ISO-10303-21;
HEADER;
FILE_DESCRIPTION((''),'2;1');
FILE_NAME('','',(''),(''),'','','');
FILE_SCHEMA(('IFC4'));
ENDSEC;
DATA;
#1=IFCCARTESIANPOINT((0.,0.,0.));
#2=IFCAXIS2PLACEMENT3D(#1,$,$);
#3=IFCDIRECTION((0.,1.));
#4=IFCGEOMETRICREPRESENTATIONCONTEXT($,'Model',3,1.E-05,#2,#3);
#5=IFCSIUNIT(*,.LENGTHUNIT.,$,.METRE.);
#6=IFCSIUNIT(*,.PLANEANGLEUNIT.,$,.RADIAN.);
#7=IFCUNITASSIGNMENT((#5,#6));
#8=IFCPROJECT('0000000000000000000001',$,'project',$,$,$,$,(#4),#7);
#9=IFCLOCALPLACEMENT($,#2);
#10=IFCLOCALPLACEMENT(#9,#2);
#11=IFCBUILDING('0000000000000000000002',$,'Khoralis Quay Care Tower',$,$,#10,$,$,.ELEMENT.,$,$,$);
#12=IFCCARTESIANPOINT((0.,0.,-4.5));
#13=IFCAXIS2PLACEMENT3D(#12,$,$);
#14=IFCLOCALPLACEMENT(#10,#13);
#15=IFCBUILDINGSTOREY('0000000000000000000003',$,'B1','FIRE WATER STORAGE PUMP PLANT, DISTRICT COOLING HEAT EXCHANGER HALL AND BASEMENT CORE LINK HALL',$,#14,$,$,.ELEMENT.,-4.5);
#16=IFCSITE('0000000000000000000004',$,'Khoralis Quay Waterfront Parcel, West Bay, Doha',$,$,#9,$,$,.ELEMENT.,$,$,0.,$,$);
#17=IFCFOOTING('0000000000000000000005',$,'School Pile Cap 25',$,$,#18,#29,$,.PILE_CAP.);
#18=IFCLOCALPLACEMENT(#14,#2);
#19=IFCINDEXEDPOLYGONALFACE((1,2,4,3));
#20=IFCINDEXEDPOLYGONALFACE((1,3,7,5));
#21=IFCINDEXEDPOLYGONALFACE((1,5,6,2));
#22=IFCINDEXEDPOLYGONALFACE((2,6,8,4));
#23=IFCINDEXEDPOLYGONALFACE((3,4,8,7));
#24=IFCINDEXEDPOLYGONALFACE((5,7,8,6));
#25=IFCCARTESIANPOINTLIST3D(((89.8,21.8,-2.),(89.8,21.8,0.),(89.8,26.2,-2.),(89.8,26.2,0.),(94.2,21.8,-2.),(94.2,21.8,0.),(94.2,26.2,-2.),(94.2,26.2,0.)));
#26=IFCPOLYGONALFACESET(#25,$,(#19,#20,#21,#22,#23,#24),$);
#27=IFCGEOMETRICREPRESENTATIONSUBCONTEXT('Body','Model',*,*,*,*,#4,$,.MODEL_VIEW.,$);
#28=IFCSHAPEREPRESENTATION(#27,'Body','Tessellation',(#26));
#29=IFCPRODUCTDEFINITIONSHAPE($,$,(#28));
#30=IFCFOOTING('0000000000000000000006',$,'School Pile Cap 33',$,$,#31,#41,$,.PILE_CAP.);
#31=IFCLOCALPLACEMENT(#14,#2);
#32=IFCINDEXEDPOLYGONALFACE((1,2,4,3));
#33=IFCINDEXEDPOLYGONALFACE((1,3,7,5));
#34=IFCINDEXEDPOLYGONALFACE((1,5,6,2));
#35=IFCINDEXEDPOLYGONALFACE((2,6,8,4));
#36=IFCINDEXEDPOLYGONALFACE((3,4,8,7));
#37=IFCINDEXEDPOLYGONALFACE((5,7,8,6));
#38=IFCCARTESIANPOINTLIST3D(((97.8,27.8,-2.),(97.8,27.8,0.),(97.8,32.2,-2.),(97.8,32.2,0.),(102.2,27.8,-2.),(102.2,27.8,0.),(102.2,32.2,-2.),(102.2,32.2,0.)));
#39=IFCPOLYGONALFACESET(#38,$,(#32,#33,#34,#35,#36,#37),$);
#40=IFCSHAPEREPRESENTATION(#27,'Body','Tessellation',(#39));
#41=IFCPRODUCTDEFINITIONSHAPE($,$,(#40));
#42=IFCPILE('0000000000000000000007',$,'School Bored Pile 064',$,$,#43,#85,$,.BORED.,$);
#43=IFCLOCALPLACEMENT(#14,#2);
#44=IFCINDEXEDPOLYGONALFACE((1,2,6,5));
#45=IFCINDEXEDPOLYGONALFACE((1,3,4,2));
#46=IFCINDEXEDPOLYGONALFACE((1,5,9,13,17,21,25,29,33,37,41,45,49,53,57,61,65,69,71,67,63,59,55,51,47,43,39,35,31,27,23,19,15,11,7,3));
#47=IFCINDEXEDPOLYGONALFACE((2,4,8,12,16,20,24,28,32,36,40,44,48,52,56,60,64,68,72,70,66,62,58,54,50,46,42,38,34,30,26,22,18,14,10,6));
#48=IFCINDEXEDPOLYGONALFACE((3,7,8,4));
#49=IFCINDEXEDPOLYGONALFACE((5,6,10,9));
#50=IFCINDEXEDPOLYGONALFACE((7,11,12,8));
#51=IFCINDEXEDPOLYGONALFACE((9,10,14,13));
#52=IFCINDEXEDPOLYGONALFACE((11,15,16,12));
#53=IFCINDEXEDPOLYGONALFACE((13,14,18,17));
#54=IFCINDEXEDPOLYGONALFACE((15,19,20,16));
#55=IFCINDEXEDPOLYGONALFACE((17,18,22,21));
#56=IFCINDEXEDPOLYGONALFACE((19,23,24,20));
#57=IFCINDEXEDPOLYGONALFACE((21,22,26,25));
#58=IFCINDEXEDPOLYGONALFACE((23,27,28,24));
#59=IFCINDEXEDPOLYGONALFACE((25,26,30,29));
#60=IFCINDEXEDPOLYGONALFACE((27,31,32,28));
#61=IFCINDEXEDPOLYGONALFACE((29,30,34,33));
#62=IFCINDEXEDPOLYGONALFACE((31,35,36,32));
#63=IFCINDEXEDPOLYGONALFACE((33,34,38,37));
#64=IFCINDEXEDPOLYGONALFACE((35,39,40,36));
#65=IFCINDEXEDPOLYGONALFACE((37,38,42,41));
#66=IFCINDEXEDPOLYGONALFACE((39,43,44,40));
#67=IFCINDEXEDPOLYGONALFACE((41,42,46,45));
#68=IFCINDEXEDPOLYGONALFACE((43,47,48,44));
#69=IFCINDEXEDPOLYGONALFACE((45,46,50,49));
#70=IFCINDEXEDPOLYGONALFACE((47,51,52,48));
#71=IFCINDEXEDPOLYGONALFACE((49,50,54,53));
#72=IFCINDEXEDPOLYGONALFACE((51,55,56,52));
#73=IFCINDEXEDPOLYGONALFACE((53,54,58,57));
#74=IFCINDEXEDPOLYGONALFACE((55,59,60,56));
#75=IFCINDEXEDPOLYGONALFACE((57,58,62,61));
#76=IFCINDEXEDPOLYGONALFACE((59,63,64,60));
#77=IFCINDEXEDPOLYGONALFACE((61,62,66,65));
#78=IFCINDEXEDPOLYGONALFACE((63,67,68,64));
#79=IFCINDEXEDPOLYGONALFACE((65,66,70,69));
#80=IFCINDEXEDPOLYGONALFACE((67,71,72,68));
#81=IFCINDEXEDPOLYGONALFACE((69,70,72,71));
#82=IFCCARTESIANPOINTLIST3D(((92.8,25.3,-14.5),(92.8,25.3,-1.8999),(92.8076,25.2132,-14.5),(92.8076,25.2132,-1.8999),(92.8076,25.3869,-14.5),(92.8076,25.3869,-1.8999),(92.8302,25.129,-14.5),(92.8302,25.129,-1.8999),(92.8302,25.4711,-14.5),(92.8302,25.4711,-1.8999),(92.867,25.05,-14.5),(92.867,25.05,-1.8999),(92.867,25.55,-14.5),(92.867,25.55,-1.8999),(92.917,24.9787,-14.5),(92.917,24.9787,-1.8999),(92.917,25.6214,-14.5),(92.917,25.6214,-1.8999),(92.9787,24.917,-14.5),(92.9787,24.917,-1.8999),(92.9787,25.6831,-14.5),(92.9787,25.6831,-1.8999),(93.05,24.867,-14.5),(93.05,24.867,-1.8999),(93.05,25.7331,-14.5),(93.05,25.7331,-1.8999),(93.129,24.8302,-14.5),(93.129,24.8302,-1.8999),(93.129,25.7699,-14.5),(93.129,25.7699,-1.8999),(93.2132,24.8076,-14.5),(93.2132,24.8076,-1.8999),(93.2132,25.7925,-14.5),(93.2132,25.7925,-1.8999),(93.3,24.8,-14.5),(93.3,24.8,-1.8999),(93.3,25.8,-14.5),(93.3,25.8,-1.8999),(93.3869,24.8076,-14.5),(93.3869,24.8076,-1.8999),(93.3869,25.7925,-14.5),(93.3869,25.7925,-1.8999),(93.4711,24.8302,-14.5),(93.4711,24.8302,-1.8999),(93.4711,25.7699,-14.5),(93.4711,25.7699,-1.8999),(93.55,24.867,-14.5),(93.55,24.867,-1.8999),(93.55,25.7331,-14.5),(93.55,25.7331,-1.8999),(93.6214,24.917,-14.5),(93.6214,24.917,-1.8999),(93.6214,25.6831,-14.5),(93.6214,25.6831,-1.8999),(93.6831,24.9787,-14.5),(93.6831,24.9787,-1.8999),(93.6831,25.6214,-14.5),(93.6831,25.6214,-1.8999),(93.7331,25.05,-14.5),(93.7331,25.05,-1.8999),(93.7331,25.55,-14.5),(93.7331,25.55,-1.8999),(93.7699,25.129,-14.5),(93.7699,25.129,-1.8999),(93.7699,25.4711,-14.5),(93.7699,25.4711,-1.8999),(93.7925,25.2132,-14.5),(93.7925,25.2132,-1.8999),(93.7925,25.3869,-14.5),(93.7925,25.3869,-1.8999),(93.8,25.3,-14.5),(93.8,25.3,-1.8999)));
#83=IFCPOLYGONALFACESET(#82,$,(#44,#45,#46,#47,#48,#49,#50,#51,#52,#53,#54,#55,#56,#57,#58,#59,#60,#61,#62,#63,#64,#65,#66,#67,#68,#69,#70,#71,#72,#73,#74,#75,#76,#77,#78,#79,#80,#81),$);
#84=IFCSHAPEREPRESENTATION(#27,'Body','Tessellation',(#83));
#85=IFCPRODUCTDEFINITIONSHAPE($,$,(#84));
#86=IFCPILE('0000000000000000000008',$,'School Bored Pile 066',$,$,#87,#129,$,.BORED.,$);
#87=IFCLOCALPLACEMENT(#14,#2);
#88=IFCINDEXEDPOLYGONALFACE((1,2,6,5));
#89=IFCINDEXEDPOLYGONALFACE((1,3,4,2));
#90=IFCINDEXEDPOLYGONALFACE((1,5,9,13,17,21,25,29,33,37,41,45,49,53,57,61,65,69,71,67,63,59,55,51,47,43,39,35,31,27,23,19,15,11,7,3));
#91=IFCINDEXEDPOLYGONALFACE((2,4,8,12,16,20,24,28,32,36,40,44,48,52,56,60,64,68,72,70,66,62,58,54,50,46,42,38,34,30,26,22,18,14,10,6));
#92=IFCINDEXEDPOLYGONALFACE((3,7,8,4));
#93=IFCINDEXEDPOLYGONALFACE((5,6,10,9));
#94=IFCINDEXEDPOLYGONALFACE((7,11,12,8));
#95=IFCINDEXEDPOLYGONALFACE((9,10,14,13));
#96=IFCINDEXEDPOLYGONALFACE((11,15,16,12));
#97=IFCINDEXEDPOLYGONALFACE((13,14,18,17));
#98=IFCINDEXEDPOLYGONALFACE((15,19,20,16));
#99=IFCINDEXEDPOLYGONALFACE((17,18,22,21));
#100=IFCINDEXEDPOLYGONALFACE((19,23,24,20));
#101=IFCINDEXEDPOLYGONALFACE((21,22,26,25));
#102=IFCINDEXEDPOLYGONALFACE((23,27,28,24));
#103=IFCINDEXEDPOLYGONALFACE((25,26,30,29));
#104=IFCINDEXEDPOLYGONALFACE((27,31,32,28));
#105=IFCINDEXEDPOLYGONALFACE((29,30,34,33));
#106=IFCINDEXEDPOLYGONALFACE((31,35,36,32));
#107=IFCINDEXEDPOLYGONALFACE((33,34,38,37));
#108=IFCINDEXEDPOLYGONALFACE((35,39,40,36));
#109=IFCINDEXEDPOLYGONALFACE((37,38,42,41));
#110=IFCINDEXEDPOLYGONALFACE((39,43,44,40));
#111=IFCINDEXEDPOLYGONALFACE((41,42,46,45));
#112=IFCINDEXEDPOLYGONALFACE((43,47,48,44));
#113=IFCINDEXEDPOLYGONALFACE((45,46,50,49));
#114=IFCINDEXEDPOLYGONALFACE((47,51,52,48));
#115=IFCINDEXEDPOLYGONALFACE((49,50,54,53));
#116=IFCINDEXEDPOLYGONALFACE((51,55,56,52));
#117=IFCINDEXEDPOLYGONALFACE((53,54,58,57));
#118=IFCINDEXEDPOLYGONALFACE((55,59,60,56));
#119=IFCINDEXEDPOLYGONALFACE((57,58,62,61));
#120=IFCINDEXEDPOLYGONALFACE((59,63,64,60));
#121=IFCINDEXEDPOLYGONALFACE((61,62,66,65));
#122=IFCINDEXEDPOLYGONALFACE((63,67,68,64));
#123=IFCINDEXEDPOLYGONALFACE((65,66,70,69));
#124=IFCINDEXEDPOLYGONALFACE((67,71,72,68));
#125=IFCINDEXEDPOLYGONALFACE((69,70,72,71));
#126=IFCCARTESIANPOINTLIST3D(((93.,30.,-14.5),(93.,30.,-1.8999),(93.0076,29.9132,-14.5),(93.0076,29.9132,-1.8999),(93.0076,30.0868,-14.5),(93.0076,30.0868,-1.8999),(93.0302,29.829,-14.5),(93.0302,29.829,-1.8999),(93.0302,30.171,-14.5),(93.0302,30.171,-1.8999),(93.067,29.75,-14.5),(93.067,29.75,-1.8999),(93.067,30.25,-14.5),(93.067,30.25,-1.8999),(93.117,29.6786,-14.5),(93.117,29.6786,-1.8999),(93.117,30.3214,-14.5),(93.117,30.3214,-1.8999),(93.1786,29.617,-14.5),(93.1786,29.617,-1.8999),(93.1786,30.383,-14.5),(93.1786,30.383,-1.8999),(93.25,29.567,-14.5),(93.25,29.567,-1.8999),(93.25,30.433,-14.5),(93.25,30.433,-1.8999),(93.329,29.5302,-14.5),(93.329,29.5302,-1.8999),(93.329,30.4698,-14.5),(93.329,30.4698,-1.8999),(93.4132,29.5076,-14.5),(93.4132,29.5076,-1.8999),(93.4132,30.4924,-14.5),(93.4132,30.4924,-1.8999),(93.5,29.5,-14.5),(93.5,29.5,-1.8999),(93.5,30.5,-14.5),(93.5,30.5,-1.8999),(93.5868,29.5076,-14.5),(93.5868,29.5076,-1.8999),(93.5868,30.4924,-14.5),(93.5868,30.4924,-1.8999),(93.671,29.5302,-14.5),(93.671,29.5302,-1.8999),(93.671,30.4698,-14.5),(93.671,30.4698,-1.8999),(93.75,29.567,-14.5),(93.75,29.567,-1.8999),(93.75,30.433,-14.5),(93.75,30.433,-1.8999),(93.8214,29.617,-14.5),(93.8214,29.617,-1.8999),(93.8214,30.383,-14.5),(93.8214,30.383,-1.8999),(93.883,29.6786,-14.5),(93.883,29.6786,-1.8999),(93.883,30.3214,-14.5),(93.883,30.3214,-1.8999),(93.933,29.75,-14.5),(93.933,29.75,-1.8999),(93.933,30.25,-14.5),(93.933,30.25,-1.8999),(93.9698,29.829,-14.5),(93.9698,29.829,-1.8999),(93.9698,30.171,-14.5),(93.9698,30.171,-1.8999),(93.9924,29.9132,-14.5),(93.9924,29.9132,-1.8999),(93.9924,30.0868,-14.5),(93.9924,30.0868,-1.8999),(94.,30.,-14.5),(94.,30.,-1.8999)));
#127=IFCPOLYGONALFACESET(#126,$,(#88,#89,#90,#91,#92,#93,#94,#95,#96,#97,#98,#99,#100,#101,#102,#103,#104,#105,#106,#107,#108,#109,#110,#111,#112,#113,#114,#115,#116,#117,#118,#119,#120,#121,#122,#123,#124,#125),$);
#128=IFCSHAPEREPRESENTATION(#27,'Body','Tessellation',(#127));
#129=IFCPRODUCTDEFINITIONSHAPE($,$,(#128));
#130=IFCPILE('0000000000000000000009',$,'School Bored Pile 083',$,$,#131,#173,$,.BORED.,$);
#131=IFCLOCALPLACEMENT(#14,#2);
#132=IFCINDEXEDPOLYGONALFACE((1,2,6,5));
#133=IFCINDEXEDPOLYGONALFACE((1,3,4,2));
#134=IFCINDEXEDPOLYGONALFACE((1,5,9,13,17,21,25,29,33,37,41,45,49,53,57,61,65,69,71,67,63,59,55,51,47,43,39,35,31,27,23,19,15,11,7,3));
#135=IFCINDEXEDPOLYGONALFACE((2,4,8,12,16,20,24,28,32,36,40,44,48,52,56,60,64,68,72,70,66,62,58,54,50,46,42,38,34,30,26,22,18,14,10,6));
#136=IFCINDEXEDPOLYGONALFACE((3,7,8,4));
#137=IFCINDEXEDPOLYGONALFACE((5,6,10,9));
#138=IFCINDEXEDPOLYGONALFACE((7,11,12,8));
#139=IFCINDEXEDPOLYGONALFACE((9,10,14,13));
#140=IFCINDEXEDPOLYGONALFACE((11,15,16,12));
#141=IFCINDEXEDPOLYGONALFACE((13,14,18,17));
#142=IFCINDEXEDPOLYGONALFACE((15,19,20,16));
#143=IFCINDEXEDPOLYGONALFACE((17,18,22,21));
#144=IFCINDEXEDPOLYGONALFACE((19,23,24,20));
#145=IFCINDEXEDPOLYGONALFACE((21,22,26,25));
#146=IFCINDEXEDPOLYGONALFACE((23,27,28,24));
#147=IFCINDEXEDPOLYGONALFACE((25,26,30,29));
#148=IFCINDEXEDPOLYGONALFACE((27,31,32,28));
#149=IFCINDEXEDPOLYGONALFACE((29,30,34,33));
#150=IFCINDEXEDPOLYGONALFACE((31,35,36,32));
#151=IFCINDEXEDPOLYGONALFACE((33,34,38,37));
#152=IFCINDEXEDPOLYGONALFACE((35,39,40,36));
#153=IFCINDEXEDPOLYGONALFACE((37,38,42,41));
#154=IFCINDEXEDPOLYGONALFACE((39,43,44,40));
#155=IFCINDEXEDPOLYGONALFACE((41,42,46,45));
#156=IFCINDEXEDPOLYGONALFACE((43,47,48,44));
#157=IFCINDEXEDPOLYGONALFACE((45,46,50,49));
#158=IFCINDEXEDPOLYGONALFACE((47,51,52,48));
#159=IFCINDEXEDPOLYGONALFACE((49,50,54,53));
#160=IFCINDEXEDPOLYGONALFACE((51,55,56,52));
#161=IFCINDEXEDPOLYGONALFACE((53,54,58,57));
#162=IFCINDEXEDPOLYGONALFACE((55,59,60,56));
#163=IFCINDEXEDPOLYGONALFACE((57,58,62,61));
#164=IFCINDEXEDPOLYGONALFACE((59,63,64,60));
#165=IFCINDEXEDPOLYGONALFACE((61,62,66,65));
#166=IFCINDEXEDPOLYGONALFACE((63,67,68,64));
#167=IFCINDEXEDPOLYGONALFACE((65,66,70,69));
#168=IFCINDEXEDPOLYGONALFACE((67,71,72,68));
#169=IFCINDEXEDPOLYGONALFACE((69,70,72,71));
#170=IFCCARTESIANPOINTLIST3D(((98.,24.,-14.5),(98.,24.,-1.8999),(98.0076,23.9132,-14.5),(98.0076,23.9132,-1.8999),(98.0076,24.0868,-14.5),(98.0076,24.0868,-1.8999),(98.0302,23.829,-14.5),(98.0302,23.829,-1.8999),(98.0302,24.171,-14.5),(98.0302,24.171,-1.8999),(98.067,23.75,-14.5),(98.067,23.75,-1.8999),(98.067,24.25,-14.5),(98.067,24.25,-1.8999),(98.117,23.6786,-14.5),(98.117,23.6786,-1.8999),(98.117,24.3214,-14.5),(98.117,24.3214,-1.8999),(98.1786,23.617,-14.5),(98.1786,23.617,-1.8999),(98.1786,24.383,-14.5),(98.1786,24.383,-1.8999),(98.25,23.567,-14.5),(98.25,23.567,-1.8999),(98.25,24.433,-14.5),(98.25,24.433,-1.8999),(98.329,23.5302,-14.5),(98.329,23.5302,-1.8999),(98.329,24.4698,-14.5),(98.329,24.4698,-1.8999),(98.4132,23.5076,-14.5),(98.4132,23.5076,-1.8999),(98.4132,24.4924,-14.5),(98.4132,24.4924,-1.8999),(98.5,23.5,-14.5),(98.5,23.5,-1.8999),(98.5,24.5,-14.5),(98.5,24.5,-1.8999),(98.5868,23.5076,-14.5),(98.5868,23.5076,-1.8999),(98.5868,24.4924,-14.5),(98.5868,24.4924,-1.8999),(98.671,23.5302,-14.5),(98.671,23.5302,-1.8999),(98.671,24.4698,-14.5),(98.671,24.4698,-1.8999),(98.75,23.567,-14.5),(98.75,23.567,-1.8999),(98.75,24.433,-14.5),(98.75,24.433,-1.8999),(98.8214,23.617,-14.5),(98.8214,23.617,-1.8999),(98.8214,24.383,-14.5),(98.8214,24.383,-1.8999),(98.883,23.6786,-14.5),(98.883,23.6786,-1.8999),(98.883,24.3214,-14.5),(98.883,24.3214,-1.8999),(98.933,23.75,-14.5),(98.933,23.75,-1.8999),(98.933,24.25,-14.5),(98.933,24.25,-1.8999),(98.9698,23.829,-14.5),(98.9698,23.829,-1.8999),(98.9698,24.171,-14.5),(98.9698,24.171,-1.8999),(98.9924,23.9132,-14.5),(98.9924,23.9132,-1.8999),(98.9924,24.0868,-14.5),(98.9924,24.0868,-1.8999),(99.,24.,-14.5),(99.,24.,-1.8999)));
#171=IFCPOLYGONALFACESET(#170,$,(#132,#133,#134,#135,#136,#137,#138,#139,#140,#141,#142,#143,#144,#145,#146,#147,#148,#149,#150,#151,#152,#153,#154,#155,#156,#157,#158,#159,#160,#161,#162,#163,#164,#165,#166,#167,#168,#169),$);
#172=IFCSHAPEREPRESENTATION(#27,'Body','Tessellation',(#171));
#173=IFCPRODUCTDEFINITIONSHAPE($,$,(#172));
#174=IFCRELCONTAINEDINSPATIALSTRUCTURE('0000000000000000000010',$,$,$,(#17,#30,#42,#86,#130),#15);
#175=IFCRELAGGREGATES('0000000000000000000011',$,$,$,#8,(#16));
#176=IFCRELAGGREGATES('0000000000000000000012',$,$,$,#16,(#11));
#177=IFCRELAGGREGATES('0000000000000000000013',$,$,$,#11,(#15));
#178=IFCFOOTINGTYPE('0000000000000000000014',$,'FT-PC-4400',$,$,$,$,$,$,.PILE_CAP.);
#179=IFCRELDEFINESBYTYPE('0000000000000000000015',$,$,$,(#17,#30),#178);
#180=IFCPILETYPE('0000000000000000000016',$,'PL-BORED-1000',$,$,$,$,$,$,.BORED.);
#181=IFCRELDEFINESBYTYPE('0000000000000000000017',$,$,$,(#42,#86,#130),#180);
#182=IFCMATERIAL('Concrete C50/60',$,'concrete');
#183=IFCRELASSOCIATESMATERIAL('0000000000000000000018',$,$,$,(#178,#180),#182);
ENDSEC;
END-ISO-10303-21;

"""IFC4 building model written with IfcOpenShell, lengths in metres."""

from ifc_helpers import new_model, si_unit, direction, frame, origin, origin_2d, place, context, subcontext, project, spatial, rectangle, circle, extrude, source, transform, mapped, material, material_profile, profile_set, type_object, element, save


model = new_model("IFC4")

# Units and contexts
model_context = context("Model", 3, precision=1e-05, world=origin(), true_north=direction((0.0, 1.0)))
body_context = subcontext(model_context, "Body", "Model", "MODEL_VIEW")
ifc_project = project(units=[si_unit("LENGTHUNIT", "METRE"), si_unit("PLANEANGLEUNIT", "RADIAN")], contexts=[model_context])

# Site, building, storey
site_placement = place(None, origin())
site = spatial("IfcSite", under=ifc_project, at=site_placement, Name="Khoralis Quay Waterfront Parcel, West Bay, Doha", CompositionType="ELEMENT", RefElevation=0.0)
building_placement = place(site_placement, origin())
building = spatial("IfcBuilding", under=site, at=building_placement, Name="Khoralis Quay Care Tower", CompositionType="ELEMENT")
storey_placement = place(building_placement, frame((0.0, 0.0, -4.5)))
storey = spatial("IfcBuildingStorey", under=building, at=storey_placement, Name="B1", Description="FIRE WATER STORAGE PUMP PLANT, DISTRICT COOLING HEAT EXCHANGER HALL AND BASEMENT CORE LINK HALL", CompositionType="ELEMENT", Elevation=-4.5)

# Footings
ifc_material_1 = material(Name="Concrete C50/60", Category="concrete")
footing_type_1 = type_object("IfcFootingType", Name="FT-PC-4400", PredefinedType="PILE_CAP", material=ifc_material_1)
shared_shape_1 = source(origin(), body_context, "Body", "SweptSolid", [
    extrude(rectangle(XDim=4.3999, YDim=4.3999, at=origin_2d()), origin(), (0.0, 0.0, 1.0), 2.0),
])
for number, where, z_axis, x_axis, name in (
    (1, (92.0, 24.0, -2.0), (0.0, 0.0, 1.0), (1.0, 0.0, 0.0), "School Pile Cap 25"),
    (2, (100.0, 30.0, -2.0), (0.0, 0.0, 1.0), (1.0, 0.0, 0.0), "School Pile Cap 33"),
):
    element("IfcFooting", number, at=place(storey_placement, frame(where, z_axis=z_axis, x_axis=x_axis)), inside=storey, type_object=footing_type_1, Name=name, PredefinedType="PILE_CAP", context=body_context, shape_type="MappedRepresentation", body=[
        mapped(shared_shape_1, transform((0.0, 0.0, 0.0), scale=1.0)),
    ])

# Piles
ifc_material_profile_1 = material_profile(ifc_material_1, circle(Radius=0.5, at=origin_2d()), Name="Concrete C50/60")
ifc_profile_set_1 = profile_set([ifc_material_profile_1], Name="Concrete C50/60")
pile_type = type_object("IfcPileType", Name="PL-BORED-1000", PredefinedType="BORED", material=ifc_profile_set_1)
shared_shape_2 = source(origin(), body_context, "Body", "SweptSolid", [
    extrude(circle(Radius=0.5, at=origin_2d()), origin(), (0.0, 0.0, 1.0), 12.6001),
])
for number, where, z_axis, x_axis, name in (
    (3, (93.3, 25.3, -1.8999), (0.0, 0.0, -1.0), (1.0, 0.0, 0.0), "School Bored Pile 064"),
    (4, (93.5, 30.0, -1.8999), (0.0, 0.0, -1.0), (1.0, 0.0, 0.0), "School Bored Pile 066"),
    (5, (98.5, 24.0, -1.8999), (0.0, 0.0, -1.0), (1.0, 0.0, 0.0), "School Bored Pile 083"),
):
    element("IfcPile", number, at=place(storey_placement, frame(where, z_axis=z_axis, x_axis=x_axis)), inside=storey, type_object=pile_type, Name=name, PredefinedType="BORED", context=body_context, shape_type="MappedRepresentation", body=[
        mapped(shared_shape_2, transform((0.0, 0.0, 0.0), scale=1.0)),
    ])

save(model, "model.ifc")
